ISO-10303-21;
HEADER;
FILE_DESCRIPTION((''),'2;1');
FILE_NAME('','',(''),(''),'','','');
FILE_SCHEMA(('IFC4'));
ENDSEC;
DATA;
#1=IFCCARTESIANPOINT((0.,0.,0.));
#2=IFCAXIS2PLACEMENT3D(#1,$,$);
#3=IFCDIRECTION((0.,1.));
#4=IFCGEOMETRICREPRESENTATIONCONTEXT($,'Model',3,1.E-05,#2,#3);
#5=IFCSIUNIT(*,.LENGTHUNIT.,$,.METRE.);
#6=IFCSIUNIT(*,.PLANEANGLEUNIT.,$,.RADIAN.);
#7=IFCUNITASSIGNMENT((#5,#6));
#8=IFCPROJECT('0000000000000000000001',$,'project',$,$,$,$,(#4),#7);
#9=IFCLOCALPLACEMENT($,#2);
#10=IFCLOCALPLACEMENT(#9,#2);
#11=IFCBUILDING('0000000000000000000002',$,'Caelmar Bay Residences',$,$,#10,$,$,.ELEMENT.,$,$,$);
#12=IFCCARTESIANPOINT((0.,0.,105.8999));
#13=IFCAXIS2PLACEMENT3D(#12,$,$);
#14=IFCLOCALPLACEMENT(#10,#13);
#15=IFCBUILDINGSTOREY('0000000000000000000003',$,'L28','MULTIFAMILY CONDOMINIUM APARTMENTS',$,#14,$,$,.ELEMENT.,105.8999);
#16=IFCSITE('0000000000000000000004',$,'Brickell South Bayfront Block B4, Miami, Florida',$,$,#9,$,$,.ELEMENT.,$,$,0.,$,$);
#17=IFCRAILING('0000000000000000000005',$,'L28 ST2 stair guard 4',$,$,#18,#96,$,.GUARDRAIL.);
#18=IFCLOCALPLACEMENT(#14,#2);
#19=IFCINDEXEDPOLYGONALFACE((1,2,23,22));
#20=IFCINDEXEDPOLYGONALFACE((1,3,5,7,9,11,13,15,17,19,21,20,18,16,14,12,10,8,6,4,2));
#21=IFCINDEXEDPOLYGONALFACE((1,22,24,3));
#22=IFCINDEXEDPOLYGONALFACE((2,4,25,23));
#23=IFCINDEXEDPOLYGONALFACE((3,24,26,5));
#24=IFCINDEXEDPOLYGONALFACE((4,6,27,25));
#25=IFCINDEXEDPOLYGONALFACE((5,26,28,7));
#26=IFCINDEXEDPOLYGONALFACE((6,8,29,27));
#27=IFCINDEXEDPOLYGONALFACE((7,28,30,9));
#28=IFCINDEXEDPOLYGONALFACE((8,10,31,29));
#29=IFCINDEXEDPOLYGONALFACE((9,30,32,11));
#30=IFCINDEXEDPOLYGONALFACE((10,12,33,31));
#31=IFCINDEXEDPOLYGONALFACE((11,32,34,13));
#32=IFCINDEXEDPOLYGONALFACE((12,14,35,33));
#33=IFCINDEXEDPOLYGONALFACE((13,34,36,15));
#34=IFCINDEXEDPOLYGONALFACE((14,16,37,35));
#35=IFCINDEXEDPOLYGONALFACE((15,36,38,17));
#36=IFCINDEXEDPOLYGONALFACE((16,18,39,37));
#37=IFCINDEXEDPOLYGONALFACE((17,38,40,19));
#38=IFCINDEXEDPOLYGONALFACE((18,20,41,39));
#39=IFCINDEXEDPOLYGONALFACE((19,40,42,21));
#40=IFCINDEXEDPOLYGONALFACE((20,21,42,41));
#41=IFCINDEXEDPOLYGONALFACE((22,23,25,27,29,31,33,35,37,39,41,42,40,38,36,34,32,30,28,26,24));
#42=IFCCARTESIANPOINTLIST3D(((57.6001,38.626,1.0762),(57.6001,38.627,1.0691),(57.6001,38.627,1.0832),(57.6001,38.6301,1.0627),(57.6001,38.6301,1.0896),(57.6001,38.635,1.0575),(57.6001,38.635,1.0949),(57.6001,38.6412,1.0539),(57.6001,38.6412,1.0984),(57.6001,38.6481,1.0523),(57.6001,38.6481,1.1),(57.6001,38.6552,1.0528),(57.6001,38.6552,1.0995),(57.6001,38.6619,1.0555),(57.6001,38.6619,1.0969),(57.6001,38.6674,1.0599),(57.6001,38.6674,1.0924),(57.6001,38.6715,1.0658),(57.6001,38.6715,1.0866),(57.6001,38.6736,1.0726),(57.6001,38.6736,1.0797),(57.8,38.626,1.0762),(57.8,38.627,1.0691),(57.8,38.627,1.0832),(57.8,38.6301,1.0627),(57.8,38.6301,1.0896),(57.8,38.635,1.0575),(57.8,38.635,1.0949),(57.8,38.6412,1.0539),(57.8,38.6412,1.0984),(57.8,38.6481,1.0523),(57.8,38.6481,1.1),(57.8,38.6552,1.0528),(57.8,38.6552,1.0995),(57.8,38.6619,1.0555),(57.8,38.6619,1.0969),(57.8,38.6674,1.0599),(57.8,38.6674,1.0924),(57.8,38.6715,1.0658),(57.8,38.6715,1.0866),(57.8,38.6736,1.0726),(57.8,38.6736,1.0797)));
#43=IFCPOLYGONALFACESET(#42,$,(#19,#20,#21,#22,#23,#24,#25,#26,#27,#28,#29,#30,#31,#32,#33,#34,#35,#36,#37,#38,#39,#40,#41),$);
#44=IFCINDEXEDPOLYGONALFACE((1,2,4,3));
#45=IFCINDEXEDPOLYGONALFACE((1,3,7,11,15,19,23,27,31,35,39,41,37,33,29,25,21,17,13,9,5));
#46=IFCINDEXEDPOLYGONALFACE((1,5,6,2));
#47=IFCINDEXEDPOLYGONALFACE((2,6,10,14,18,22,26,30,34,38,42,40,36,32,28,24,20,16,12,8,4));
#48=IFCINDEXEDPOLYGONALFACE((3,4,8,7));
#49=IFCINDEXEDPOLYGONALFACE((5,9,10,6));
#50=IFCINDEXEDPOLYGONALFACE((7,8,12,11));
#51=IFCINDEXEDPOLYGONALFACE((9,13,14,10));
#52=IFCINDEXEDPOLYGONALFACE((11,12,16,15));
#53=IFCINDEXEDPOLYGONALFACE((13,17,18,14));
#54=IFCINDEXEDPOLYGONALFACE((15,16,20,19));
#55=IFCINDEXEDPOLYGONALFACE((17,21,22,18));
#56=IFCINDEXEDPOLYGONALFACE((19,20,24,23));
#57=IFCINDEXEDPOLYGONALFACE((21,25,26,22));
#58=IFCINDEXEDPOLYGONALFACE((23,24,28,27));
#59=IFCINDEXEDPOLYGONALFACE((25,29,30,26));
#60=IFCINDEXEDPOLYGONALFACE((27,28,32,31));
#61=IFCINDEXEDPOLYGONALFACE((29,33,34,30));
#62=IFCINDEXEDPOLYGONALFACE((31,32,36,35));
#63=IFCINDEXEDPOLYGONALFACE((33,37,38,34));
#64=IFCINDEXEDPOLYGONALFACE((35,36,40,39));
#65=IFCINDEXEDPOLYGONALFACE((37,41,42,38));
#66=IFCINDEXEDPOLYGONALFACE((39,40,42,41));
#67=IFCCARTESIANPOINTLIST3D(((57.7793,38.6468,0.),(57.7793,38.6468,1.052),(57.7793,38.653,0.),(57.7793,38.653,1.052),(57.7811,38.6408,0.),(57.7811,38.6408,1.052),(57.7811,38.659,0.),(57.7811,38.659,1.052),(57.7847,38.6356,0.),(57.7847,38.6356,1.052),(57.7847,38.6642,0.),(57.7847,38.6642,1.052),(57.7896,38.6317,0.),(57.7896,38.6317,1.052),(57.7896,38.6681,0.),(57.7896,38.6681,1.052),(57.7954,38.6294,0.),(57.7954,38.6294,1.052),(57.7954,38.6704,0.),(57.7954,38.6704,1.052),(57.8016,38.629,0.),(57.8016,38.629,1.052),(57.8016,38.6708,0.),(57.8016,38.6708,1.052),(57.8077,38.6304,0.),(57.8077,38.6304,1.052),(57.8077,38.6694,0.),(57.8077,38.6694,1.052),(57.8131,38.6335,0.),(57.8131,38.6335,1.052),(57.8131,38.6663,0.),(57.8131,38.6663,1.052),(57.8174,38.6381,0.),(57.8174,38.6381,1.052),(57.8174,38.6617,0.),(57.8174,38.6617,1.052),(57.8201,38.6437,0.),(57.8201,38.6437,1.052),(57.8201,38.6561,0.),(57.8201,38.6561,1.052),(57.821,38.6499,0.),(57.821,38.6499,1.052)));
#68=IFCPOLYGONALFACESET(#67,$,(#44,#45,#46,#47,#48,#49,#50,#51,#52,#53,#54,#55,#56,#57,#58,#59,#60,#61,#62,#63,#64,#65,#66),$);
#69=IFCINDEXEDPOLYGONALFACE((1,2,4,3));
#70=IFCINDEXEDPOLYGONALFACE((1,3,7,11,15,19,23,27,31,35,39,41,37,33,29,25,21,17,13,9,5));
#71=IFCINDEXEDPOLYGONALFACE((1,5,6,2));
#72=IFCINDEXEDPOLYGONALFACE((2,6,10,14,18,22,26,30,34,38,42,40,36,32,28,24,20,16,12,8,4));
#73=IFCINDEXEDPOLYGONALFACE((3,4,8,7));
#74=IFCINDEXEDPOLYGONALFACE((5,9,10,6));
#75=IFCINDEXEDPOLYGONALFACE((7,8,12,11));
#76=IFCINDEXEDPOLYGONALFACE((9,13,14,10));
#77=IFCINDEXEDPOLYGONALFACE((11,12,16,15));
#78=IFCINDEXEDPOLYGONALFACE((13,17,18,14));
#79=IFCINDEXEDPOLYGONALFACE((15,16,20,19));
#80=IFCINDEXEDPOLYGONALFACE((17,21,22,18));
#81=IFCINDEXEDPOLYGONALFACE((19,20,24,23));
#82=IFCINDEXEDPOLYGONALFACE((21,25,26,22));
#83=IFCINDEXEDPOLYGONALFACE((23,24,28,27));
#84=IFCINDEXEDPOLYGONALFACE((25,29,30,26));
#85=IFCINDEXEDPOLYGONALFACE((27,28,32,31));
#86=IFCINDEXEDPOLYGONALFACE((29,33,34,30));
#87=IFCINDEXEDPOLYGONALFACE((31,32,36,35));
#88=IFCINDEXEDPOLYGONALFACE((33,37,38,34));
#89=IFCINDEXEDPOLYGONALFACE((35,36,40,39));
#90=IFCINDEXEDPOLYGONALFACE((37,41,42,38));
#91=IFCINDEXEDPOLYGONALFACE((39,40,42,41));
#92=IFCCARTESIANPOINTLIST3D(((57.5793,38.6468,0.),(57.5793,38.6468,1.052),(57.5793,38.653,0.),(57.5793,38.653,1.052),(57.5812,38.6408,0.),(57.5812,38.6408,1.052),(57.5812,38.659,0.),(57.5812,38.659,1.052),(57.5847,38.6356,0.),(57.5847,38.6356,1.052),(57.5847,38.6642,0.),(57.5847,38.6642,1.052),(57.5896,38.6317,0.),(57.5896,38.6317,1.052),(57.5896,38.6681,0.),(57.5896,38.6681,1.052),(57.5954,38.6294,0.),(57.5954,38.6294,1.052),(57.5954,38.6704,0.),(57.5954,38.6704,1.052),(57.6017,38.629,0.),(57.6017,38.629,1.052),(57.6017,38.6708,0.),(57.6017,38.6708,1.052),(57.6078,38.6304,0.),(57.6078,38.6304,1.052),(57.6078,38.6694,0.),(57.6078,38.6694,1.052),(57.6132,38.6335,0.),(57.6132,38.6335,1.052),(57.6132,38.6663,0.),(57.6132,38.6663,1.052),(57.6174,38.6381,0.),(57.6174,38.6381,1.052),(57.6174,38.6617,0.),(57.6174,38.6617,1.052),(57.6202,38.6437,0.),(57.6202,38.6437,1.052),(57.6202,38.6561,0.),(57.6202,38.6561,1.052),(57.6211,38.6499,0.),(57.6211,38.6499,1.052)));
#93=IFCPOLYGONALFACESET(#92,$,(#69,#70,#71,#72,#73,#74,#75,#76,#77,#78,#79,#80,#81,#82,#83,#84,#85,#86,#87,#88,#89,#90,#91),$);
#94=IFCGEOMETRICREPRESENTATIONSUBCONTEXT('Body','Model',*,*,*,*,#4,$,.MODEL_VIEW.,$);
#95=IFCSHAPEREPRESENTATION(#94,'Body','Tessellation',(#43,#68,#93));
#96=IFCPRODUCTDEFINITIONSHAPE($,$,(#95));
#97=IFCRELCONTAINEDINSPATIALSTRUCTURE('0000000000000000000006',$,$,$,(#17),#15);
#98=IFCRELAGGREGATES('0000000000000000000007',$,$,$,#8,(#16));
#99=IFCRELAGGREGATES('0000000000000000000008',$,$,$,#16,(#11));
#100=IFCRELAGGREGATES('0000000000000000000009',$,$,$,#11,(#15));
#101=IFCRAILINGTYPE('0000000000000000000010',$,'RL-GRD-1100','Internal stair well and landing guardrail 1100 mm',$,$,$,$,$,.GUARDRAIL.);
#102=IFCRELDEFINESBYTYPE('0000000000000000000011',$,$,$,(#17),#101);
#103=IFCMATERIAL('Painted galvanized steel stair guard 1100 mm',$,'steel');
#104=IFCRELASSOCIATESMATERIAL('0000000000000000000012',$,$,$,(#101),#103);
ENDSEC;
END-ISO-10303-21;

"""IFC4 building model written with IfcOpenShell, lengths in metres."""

from ifc_helpers import new_model, si_unit, direction, frame, origin, origin_2d, place, context, subcontext, project, spatial, circle, extrude, material, type_object, element, save


model = new_model("IFC4")

# Units and contexts
model_context = context("Model", 3, precision=1e-05, world=origin(), true_north=direction((0.0, 1.0)))
body_context = subcontext(model_context, "Body", "Model", "MODEL_VIEW")
ifc_project = project(units=[si_unit("LENGTHUNIT", "METRE"), si_unit("PLANEANGLEUNIT", "RADIAN")], contexts=[model_context])

# Site, building, storey
site_placement = place(None, origin())
site = spatial("IfcSite", under=ifc_project, at=site_placement, Name="Brickell South Bayfront Block B4, Miami, Florida", CompositionType="ELEMENT", RefElevation=0.0)
building_placement = place(site_placement, origin())
building = spatial("IfcBuilding", under=site, at=building_placement, Name="Caelmar Bay Residences", CompositionType="ELEMENT")
storey_placement = place(building_placement, frame((0.0, 0.0, 105.8999)))
storey = spatial("IfcBuildingStorey", under=building, at=storey_placement, Name="L28", Description="MULTIFAMILY CONDOMINIUM APARTMENTS", CompositionType="ELEMENT", Elevation=105.8999)

# Railing
ifc_material_1 = material(Name="Painted galvanized steel stair guard 1100 mm", Category="steel")
railing_type_1 = type_object("IfcRailingType", Name="RL-GRD-1100", Description="Internal stair well and landing guardrail 1100 mm", PredefinedType="GUARDRAIL", material=ifc_material_1)
railing_1_placement = place(storey_placement, frame((57.8, 38.6499, 0.0)))
element("IfcRailing", 1, at=railing_1_placement, inside=storey, type_object=railing_type_1, Name="L28 ST2 stair guard 4", PredefinedType="GUARDRAIL", context=body_context, shape_type="SweptSolid", body=[
    extrude(circle(Radius=0.0239, at=origin_2d()), frame((0.0, 0.0, 1.0762), z_axis=(-1.0, 0.0, 0.0), x_axis=(0.0, -1.0, 0.0)), (0.0, 0.0, 1.0), 0.2),
    extrude(circle(Radius=0.021, at=origin_2d()), origin(), (0.0, 0.0, 1.0), 1.052),
    extrude(circle(Radius=0.021, at=origin_2d()), frame((-0.2, 0.0, 0.0)), (0.0, 0.0, 1.0), 1.052),
])

save(model, "model.ifc")
